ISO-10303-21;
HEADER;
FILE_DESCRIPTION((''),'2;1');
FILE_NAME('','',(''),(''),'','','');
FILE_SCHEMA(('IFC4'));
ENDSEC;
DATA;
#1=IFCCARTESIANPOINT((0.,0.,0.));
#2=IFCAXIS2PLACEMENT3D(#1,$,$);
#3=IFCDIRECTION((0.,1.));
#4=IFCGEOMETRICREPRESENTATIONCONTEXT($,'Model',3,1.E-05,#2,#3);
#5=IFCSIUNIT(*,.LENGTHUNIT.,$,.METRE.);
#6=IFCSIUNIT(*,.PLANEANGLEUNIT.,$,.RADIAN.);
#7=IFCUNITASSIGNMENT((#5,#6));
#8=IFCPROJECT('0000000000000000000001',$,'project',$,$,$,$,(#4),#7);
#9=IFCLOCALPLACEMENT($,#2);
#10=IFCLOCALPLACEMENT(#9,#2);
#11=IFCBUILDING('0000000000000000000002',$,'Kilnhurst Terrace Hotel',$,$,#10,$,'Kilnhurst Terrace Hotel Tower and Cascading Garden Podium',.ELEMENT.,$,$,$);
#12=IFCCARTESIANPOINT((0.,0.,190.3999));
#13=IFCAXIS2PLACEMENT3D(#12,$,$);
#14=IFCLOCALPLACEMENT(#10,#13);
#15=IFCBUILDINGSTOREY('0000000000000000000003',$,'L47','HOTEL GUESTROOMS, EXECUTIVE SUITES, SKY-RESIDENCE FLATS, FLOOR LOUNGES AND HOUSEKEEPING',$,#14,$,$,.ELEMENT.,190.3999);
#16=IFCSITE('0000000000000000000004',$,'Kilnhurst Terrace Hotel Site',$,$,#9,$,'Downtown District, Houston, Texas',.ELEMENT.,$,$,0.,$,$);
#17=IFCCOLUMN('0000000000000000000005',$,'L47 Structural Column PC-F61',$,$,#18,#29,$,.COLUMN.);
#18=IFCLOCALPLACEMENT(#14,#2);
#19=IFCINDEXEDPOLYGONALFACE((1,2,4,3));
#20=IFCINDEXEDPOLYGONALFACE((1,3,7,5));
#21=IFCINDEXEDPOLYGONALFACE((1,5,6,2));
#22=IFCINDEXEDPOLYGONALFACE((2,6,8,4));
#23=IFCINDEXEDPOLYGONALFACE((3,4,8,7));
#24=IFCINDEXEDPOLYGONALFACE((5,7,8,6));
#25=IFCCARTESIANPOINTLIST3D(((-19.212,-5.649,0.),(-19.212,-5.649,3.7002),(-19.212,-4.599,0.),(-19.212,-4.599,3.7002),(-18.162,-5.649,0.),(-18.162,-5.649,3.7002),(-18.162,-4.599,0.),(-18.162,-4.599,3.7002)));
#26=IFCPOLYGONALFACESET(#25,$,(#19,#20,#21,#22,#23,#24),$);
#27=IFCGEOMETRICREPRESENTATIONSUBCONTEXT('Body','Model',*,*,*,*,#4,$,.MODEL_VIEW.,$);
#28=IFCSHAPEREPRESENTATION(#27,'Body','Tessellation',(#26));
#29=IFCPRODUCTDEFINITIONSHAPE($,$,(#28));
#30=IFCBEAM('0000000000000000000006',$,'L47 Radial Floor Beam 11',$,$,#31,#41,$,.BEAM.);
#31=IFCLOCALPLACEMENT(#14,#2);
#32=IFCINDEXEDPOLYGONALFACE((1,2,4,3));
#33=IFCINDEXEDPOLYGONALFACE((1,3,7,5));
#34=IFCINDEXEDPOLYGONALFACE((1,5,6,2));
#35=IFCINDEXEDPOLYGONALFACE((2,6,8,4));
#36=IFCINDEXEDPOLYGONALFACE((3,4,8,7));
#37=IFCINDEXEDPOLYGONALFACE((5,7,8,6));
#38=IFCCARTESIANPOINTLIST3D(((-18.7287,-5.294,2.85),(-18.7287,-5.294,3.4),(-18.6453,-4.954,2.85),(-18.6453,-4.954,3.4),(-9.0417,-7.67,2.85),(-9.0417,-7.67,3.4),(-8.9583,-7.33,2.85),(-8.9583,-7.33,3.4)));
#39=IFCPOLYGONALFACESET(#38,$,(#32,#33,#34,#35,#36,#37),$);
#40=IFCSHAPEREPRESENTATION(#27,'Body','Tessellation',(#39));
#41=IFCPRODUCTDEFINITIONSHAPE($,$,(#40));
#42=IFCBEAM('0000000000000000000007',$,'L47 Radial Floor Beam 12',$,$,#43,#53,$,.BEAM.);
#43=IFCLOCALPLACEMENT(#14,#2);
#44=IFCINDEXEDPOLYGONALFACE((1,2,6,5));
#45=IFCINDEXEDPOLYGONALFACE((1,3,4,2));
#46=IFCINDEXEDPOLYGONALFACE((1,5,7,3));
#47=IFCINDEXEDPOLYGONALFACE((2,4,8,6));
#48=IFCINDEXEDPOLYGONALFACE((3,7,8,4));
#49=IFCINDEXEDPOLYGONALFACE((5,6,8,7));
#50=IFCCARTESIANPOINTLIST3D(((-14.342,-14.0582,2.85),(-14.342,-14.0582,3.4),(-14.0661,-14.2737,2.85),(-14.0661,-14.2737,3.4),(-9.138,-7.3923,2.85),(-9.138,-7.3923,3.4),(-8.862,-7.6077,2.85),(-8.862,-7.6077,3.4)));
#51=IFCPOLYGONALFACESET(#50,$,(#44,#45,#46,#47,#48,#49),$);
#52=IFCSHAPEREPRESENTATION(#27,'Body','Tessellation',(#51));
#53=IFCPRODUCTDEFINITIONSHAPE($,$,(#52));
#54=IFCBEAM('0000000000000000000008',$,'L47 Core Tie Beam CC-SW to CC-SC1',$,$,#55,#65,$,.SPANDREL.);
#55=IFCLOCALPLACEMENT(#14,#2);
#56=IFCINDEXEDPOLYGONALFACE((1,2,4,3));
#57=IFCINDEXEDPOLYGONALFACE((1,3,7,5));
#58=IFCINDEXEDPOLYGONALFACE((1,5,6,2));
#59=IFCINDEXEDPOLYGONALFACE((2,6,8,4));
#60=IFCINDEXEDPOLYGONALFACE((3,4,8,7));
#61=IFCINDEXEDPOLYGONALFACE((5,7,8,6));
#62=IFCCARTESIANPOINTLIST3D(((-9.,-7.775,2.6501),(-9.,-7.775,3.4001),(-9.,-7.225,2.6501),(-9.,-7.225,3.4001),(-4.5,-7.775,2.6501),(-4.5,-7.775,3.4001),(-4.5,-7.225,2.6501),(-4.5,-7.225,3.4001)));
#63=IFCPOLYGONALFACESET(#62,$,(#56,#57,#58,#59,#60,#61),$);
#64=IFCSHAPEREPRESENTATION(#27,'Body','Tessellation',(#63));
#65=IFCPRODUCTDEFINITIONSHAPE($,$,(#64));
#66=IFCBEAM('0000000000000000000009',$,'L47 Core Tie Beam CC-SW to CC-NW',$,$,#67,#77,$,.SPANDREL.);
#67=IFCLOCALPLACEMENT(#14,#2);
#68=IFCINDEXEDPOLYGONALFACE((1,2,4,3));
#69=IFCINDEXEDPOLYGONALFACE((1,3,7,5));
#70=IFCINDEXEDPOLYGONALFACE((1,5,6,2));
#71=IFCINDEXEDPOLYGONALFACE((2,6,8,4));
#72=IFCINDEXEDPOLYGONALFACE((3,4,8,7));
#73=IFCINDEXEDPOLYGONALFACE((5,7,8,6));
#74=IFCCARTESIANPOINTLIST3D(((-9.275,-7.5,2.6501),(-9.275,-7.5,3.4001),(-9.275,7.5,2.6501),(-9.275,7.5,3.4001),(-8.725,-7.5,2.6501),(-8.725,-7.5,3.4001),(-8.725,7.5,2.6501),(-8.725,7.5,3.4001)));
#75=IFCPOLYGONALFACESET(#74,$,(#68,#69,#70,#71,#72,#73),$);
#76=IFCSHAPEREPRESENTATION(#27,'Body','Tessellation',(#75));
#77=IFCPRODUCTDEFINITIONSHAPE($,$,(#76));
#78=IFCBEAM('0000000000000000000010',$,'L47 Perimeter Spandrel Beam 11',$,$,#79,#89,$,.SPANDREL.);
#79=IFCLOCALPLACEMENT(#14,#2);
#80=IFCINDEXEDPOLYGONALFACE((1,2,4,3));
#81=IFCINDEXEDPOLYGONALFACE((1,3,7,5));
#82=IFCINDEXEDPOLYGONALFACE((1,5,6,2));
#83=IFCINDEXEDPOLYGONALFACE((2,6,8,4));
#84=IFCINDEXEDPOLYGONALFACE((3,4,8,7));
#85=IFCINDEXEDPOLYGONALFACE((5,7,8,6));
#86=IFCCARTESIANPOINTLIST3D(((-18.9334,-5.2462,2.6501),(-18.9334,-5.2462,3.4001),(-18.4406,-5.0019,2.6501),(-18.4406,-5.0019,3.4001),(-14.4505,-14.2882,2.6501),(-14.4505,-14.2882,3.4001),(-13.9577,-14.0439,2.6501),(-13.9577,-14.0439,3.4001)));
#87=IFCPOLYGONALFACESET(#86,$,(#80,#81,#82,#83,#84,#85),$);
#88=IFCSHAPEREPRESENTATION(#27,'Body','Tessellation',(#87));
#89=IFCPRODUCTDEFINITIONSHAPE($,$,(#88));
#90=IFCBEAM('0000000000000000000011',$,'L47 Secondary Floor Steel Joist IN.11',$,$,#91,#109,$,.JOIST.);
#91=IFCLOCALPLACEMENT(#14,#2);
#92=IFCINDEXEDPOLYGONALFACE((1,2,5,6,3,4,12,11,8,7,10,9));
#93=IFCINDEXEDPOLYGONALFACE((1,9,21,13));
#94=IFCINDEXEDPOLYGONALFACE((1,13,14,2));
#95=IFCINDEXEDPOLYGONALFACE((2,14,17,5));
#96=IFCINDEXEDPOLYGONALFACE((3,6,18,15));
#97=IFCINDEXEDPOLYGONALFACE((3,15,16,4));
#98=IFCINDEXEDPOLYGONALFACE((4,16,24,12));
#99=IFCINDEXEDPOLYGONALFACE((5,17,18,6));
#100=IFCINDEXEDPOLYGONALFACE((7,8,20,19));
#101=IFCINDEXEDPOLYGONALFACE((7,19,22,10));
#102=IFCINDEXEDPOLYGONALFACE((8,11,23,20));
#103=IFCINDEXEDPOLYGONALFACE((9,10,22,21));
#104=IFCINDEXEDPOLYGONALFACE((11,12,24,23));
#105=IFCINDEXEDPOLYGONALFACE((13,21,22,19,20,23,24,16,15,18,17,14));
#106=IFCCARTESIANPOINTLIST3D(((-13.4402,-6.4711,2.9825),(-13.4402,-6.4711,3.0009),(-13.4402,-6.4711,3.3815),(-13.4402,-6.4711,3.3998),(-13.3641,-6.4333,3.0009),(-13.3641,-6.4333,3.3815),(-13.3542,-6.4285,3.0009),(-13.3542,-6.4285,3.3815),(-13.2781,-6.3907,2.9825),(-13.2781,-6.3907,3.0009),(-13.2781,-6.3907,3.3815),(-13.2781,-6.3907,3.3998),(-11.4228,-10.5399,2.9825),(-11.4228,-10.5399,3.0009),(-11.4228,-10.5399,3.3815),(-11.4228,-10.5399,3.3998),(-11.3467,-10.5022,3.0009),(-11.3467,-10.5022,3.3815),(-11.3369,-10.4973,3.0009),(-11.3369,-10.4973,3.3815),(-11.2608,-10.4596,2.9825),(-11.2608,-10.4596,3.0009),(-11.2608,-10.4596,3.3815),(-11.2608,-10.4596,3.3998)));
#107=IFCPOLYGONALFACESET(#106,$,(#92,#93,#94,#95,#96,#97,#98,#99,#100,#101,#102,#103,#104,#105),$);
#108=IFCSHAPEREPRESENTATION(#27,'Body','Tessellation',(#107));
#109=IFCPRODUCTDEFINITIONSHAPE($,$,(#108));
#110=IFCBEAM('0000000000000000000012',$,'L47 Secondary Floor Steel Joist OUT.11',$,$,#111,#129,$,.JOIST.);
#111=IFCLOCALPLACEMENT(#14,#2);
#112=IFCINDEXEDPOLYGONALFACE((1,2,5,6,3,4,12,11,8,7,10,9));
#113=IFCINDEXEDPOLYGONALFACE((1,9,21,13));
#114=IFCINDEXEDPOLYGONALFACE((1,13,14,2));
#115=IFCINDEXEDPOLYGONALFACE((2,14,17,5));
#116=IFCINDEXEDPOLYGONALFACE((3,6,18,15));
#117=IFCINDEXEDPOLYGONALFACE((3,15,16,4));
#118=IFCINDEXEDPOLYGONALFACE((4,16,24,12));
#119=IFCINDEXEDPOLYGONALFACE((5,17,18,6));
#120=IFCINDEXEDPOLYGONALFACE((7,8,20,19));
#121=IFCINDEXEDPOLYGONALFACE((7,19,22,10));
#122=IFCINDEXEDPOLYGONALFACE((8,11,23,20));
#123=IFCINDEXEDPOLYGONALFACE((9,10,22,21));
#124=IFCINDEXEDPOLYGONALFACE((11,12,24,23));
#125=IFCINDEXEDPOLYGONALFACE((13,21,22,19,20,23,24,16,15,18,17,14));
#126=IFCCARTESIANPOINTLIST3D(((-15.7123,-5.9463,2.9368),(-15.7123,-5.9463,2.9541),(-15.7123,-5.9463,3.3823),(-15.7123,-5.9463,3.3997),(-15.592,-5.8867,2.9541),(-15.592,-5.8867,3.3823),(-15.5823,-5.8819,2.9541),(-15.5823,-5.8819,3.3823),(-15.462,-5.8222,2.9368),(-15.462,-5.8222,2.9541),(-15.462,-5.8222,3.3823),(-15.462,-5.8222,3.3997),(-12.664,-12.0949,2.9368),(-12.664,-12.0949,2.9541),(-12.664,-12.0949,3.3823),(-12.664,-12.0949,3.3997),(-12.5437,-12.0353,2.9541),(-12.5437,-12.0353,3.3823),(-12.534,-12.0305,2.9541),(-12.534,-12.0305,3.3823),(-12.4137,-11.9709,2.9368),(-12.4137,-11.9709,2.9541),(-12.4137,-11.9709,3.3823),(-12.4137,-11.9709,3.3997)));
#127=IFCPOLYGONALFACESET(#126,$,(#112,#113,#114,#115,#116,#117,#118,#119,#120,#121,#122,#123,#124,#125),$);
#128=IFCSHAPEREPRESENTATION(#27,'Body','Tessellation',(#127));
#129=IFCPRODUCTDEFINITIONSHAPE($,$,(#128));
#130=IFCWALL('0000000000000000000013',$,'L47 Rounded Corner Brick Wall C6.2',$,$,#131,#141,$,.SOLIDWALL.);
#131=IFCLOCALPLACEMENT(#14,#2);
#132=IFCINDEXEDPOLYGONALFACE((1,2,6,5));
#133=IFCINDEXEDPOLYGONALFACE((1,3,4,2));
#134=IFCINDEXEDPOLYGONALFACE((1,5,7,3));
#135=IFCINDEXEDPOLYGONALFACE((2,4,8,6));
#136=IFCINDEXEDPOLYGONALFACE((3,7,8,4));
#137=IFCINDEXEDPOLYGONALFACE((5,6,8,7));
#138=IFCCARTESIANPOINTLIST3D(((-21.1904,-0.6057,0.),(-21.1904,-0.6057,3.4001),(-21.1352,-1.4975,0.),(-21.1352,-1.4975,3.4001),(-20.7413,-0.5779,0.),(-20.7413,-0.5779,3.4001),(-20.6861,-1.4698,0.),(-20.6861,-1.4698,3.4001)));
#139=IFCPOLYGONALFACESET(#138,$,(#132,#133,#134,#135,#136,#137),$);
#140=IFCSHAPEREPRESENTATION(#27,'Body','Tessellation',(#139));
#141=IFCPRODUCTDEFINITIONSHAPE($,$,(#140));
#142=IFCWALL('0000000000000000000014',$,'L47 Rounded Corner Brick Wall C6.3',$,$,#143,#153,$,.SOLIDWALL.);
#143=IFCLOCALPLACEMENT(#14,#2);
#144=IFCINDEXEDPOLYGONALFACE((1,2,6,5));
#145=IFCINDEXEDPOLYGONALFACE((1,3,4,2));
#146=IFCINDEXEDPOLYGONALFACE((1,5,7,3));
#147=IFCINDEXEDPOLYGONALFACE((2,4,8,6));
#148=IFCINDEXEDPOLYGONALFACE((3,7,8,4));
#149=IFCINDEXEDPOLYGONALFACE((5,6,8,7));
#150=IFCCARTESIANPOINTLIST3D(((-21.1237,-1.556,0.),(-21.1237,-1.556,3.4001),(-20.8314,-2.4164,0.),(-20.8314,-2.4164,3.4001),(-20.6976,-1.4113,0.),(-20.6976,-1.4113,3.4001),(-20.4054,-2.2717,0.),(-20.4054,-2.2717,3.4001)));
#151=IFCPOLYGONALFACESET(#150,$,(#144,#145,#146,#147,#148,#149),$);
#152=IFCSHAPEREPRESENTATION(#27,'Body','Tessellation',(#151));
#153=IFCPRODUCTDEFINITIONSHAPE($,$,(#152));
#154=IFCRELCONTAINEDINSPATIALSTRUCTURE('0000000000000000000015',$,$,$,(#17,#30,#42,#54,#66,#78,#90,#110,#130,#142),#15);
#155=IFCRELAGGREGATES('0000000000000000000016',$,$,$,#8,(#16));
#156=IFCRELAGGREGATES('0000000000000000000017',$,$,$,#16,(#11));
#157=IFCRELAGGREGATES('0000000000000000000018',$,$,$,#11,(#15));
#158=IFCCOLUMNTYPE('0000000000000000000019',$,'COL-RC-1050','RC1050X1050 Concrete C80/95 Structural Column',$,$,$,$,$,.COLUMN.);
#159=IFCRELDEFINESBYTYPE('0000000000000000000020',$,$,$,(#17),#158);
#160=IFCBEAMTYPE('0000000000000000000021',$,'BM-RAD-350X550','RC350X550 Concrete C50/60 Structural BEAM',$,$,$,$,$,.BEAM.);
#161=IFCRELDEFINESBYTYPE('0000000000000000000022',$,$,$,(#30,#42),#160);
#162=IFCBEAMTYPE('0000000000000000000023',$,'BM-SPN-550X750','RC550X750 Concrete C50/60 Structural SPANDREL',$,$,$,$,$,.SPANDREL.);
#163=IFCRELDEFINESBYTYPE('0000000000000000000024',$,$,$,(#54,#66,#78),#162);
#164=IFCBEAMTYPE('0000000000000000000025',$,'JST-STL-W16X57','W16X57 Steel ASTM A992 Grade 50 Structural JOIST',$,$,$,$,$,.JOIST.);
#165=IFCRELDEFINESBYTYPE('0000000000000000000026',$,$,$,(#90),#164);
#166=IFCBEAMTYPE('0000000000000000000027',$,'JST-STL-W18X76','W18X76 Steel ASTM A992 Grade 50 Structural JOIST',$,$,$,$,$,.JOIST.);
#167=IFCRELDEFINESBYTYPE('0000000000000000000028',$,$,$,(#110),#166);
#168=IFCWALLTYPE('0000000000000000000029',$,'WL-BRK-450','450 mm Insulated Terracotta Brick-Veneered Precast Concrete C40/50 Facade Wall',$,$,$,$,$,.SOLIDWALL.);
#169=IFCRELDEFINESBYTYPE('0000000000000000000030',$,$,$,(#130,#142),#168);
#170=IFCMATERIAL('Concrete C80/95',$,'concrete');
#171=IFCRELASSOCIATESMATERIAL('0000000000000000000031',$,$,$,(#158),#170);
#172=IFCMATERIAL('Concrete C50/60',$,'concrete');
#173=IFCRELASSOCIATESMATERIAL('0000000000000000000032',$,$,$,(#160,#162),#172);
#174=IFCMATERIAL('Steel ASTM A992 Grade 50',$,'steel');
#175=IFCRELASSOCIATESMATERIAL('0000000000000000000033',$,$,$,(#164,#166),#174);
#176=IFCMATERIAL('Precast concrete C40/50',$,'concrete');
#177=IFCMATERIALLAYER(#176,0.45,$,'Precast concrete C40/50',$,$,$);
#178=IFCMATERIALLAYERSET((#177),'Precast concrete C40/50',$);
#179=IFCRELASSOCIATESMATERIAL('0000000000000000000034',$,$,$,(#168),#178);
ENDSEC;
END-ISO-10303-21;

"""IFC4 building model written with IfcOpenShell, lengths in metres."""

from ifc_helpers import new_model, si_unit, direction, frame, frame_2d, origin, origin_2d, place, context, subcontext, project, spatial, rectangle, i_section, extrude, material, layer, layer_set, material_profile, profile_set, type_object, element, save


model = new_model("IFC4")

# Units and contexts
model_context = context("Model", 3, precision=1e-05, world=origin(), true_north=direction((0.0, 1.0)))
body_context = subcontext(model_context, "Body", "Model", "MODEL_VIEW")
ifc_project = project(units=[si_unit("LENGTHUNIT", "METRE"), si_unit("PLANEANGLEUNIT", "RADIAN")], contexts=[model_context])

# Site, building, storey
site_placement = place(None, origin())
site = spatial("IfcSite", under=ifc_project, at=site_placement, Name="Kilnhurst Terrace Hotel Site", LongName="Downtown District, Houston, Texas", CompositionType="ELEMENT", RefElevation=0.0)
building_placement = place(site_placement, origin())
building = spatial("IfcBuilding", under=site, at=building_placement, Name="Kilnhurst Terrace Hotel", LongName="Kilnhurst Terrace Hotel Tower and Cascading Garden Podium", CompositionType="ELEMENT")
storey_placement = place(building_placement, frame((0.0, 0.0, 190.3999)))
storey = spatial("IfcBuildingStorey", under=building, at=storey_placement, Name="L47", Description="HOTEL GUESTROOMS, EXECUTIVE SUITES, SKY-RESIDENCE FLATS, FLOOR LOUNGES AND HOUSEKEEPING", CompositionType="ELEMENT", Elevation=190.3999)

# Column
ifc_material_1 = material(Name="Concrete C80/95", Category="concrete")
ifc_material_profile_1 = material_profile(ifc_material_1, rectangle(XDim=1.05, YDim=1.05, at=origin_2d()), Name="RC1050X1050")
ifc_profile_set_1 = profile_set([ifc_material_profile_1], Name="Concrete C80/95")
column_type = type_object("IfcColumnType", Name="COL-RC-1050", Description="RC1050X1050 Concrete C80/95 Structural Column", PredefinedType="COLUMN", material=ifc_profile_set_1)
column_placement = place(storey_placement, frame((-18.687, -5.124, 0.0), z_axis=(0.0, 0.0, 1.0), x_axis=(1.0, 0.0, 0.0)))
element("IfcColumn", 1, at=column_placement, inside=storey, type_object=column_type, Name="L47 Structural Column PC-F61", PredefinedType="COLUMN", context=body_context, shape_type="SweptSolid", body=[
    extrude(rectangle(XDim=1.05, YDim=1.05, at=origin_2d()), origin(), (0.0, 0.0, 1.0), 3.7002),
])

# Beams
ifc_material_2 = material(Name="Concrete C50/60", Category="concrete")
ifc_material_profile_2 = material_profile(ifc_material_2, rectangle(XDim=0.3501, YDim=0.55, at=origin_2d()), Name="RC350X550")
ifc_profile_set_2 = profile_set([ifc_material_profile_2], Name="Concrete C50/60")
beam_type_1 = type_object("IfcBeamType", Name="BM-RAD-350X550", Description="RC350X550 Concrete C50/60 Structural BEAM", PredefinedType="BEAM", material=ifc_profile_set_2)
beam_1_placement = place(storey_placement, frame((-9.0, -7.5, 3.125), z_axis=(-0.971213, 0.238214, 0.0), x_axis=(-0.238214, -0.971213, 0.0)))
element("IfcBeam", 2, at=beam_1_placement, inside=storey, type_object=beam_type_1, Name="L47 Radial Floor Beam 11", PredefinedType="BEAM", context=body_context, shape_type="SweptSolid", body=[
    extrude(rectangle(XDim=0.3501, YDim=0.55, at=origin_2d()), origin(), (0.0, 0.0, 1.0), 9.9741),
])
beam_2_placement = place(storey_placement, frame((-9.0, -7.5, 3.125), z_axis=(-0.615371, -0.788238, 0.0), x_axis=(0.788238, -0.615371, 0.0)))
element("IfcBeam", 3, at=beam_2_placement, inside=storey, type_object=beam_type_1, Name="L47 Radial Floor Beam 12", PredefinedType="BEAM", context=body_context, shape_type="SweptSolid", body=[
    extrude(rectangle(XDim=0.3501, YDim=0.55, at=origin_2d()), origin(), (0.0, 0.0, 1.0), 8.4568),
])
ifc_material_profile_3 = material_profile(ifc_material_2, rectangle(XDim=0.55, YDim=0.75, at=origin_2d()), Name="RC550X750")
ifc_profile_set_3 = profile_set([ifc_material_profile_3], Name="Concrete C50/60")
beam_type_2 = type_object("IfcBeamType", Name="BM-SPN-550X750", Description="RC550X750 Concrete C50/60 Structural SPANDREL", PredefinedType="SPANDREL", material=ifc_profile_set_3)
beam_3_placement = place(storey_placement, frame((-9.0, -7.5, 3.0251), z_axis=(1.0, 0.0, 0.0), x_axis=(0.0, 1.0, 0.0)))
element("IfcBeam", 4, at=beam_3_placement, inside=storey, type_object=beam_type_2, Name="L47 Core Tie Beam CC-SW to CC-SC1", PredefinedType="SPANDREL", context=body_context, shape_type="SweptSolid", body=[
    extrude(rectangle(XDim=0.55, YDim=0.75, at=origin_2d()), origin(), (0.0, 0.0, 1.0), 4.5),
])
beam_4_placement = place(storey_placement, frame((-9.0, -7.5, 3.0251), z_axis=(0.0, 1.0, 0.0), x_axis=(-1.0, 0.0, 0.0)))
element("IfcBeam", 5, at=beam_4_placement, inside=storey, type_object=beam_type_2, Name="L47 Core Tie Beam CC-SW to CC-NW", PredefinedType="SPANDREL", context=body_context, shape_type="SweptSolid", body=[
    extrude(rectangle(XDim=0.55, YDim=0.75, at=origin_2d()), origin(), (0.0, 0.0, 1.0), 15.0),
])
beam_5_placement = place(storey_placement, frame((-18.687, -5.124, 3.0251), z_axis=(0.444192, -0.895932, 0.0), x_axis=(0.895932, 0.444192, 0.0)))
element("IfcBeam", 6, at=beam_5_placement, inside=storey, type_object=beam_type_2, Name="L47 Perimeter Spandrel Beam 11", PredefinedType="SPANDREL", context=body_context, shape_type="SweptSolid", body=[
    extrude(rectangle(XDim=0.55, YDim=0.75, at=origin_2d()), origin(), (0.0, 0.0, 1.0), 10.0923),
])
ifc_material_3 = material(Name="Steel ASTM A992 Grade 50", Category="steel")
ifc_material_profile_4 = material_profile(ifc_material_3, i_section(OverallWidth=0.1809, OverallDepth=0.4172, WebThickness=0.011, FlangeThickness=0.0183, at=origin_2d()), Name="W16X57")
ifc_profile_set_4 = profile_set([ifc_material_profile_4], Name="Steel ASTM A992 Grade 50")
beam_type_3 = type_object("IfcBeamType", Name="JST-STL-W16X57", Description="W16X57 Steel ASTM A992 Grade 50 Structural JOIST", PredefinedType="JOIST", material=ifc_profile_set_4)
beam_6_placement = place(storey_placement, frame((-13.3591, -6.4309, 3.1912), z_axis=(0.444201, -0.895927, 0.0), x_axis=(0.895927, 0.444201, 0.0)))
element("IfcBeam", 7, at=beam_6_placement, inside=storey, type_object=beam_type_3, Name="L47 Secondary Floor Steel Joist IN.11", PredefinedType="JOIST", context=body_context, shape_type="SweptSolid", body=[
    extrude(i_section(OverallWidth=0.1809, OverallDepth=0.4172, WebThickness=0.011, FlangeThickness=0.0183, at=origin_2d()), origin(), (0.0, 0.0, 1.0), 4.5415),
])
ifc_material_profile_5 = material_profile(ifc_material_3, i_section(OverallWidth=0.2793, OverallDepth=0.4629, WebThickness=0.0107, FlangeThickness=0.0173, at=origin_2d()), Name="W18X76")
ifc_profile_set_5 = profile_set([ifc_material_profile_5], Name="Steel ASTM A992 Grade 50")
beam_type_4 = type_object("IfcBeamType", Name="JST-STL-W18X76", Description="W18X76 Steel ASTM A992 Grade 50 Structural JOIST", PredefinedType="JOIST", material=ifc_profile_set_5)
beam_7_placement = place(storey_placement, frame((-15.5872, -5.8843, 3.1682), z_axis=(0.44418, -0.895938, 0.0), x_axis=(0.895938, 0.44418, 0.0)))
element("IfcBeam", 8, at=beam_7_placement, inside=storey, type_object=beam_type_4, Name="L47 Secondary Floor Steel Joist OUT.11", PredefinedType="JOIST", context=body_context, shape_type="SweptSolid", body=[
    extrude(i_section(OverallWidth=0.2793, OverallDepth=0.4629, WebThickness=0.0107, FlangeThickness=0.0173, at=origin_2d()), origin(), (0.0, 0.0, 1.0), 6.8628),
])

# Walls
ifc_material_4 = material(Name="Precast concrete C40/50", Category="concrete")
ifc_layer_1 = layer(ifc_material_4, 0.45, Name="Precast concrete C40/50")
ifc_layer_set_1 = layer_set([ifc_layer_1], Name="Precast concrete C40/50")
wall_type_1 = type_object("IfcWallType", Name="WL-BRK-450", Description="450 mm Insulated Terracotta Brick-Veneered Precast Concrete C40/50 Facade Wall", PredefinedType="SOLIDWALL", material=ifc_layer_set_1)
wall_1_placement = place(storey_placement, frame((-20.9658, -0.5918, 0.0), z_axis=(0.0, 0.0, 1.0), x_axis=(0.061749, -0.998092, 0.0)))
element("IfcWall", 9, at=wall_1_placement, inside=storey, type_object=wall_type_1, Name="L47 Rounded Corner Brick Wall C6.2", PredefinedType="SOLIDWALL", context=body_context, shape_type="SweptSolid", body=[
    extrude(rectangle(XDim=0.8936, YDim=0.45, at=frame_2d((0.4468, 0.0))), origin(), (0.0, 0.0, 1.0), 3.4001),
])
wall_2_placement = place(storey_placement, frame((-20.9106, -1.4836, 0.0), z_axis=(0.0, 0.0, 1.0), x_axis=(0.321623, -0.946868, 0.0)))
element("IfcWall", 10, at=wall_2_placement, inside=storey, type_object=wall_type_1, Name="L47 Rounded Corner Brick Wall C6.3", PredefinedType="SOLIDWALL", context=body_context, shape_type="SweptSolid", body=[
    extrude(rectangle(XDim=0.9087, YDim=0.45, at=frame_2d((0.4543, 0.0))), origin(), (0.0, 0.0, 1.0), 3.4001),
])

save(model, "model.ifc")
